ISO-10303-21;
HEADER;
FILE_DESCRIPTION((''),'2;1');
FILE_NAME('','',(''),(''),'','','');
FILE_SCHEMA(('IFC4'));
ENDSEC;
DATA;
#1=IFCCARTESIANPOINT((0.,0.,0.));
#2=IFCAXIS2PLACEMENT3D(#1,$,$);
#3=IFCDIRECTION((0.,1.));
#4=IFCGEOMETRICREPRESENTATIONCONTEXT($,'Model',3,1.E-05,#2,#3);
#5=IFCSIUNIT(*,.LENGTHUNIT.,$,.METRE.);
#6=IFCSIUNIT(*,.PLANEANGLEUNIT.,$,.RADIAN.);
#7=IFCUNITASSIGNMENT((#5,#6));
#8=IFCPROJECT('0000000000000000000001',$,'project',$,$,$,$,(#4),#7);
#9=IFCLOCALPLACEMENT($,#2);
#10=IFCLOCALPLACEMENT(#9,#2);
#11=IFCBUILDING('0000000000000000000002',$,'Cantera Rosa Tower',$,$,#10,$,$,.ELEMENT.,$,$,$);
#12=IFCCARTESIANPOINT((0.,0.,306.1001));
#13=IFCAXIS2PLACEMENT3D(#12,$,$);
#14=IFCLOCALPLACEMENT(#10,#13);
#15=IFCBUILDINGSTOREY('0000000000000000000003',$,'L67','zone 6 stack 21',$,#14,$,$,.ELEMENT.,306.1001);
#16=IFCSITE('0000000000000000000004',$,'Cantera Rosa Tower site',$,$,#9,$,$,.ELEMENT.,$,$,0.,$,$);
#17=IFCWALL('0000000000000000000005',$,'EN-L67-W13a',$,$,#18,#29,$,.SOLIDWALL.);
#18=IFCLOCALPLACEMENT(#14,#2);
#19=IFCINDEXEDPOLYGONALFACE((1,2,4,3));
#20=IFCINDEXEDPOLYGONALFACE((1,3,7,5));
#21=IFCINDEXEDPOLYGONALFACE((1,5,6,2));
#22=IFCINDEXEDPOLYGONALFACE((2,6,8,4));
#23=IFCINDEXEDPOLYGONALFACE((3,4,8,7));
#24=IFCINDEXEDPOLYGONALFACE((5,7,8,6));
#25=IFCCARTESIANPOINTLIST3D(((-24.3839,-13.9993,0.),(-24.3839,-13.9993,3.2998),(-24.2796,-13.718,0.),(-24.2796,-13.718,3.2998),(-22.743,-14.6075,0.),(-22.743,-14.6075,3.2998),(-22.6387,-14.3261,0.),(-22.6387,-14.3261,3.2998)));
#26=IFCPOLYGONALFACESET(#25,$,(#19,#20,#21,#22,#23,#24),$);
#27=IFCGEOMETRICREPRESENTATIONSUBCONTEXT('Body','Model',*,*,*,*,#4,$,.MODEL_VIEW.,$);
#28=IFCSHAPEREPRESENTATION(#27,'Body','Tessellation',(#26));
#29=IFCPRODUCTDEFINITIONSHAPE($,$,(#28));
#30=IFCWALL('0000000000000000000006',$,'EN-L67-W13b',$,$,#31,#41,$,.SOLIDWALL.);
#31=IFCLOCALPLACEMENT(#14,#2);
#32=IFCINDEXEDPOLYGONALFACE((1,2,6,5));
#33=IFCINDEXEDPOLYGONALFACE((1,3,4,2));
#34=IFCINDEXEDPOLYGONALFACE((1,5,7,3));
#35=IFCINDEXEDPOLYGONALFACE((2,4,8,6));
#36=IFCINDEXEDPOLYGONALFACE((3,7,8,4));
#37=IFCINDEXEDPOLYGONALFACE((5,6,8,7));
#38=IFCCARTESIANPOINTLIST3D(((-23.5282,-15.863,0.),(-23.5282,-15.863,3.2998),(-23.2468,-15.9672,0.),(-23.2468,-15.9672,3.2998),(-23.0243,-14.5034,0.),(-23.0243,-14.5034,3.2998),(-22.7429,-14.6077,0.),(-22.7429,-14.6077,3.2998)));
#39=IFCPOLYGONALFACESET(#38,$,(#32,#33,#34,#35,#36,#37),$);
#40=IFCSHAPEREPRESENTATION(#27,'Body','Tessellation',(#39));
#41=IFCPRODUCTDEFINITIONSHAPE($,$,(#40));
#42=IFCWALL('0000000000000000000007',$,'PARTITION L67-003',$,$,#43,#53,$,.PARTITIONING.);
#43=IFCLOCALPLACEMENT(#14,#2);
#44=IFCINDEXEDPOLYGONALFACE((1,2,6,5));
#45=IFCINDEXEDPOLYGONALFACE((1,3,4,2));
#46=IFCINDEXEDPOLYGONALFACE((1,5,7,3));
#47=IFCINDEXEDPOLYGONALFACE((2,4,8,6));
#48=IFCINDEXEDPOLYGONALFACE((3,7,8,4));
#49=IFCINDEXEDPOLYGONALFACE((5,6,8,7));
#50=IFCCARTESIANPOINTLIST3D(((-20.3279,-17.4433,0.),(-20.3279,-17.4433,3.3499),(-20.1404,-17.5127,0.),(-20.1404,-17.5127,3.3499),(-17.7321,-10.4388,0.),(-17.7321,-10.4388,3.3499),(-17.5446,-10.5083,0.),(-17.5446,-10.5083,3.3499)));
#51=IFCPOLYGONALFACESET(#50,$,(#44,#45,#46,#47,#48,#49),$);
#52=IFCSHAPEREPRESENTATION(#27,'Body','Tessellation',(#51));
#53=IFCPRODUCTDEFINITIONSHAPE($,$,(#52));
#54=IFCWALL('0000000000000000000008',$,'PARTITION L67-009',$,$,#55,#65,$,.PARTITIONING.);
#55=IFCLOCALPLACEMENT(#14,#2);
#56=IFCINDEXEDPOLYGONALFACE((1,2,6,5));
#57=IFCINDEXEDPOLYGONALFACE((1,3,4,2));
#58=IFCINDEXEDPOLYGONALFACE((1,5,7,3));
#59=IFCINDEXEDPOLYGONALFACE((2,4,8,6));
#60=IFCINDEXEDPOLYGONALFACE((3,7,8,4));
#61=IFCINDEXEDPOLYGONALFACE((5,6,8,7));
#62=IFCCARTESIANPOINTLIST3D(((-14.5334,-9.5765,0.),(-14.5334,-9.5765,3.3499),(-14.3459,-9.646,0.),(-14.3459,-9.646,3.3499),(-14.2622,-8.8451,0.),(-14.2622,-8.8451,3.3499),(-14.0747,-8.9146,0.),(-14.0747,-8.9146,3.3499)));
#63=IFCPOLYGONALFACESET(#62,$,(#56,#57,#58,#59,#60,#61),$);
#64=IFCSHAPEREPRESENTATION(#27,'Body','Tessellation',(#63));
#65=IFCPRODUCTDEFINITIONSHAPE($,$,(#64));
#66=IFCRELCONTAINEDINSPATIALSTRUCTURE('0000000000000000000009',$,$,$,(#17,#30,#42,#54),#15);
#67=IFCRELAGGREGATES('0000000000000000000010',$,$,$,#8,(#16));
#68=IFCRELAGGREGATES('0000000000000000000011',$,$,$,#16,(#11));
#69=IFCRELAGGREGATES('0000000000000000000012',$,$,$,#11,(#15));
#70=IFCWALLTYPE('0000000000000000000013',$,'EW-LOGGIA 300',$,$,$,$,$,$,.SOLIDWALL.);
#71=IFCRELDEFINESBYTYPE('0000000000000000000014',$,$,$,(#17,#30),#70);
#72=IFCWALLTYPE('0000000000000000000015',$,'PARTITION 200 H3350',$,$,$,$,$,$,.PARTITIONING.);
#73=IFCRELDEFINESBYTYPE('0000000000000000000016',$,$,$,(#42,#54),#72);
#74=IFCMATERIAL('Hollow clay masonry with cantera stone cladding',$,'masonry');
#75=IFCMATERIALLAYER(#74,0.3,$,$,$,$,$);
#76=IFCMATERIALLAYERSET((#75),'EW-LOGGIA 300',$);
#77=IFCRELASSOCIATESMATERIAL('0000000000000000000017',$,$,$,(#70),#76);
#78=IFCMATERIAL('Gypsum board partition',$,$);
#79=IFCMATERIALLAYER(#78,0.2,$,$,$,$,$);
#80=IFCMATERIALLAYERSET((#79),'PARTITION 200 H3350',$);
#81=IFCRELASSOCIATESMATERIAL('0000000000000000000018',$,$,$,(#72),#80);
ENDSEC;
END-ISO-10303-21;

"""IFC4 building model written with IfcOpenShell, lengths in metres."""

from ifc_helpers import new_model, si_unit, direction, frame, frame_2d, origin, place, context, subcontext, project, spatial, rectangle, extrude, material, layer, layer_set, type_object, element, save


model = new_model("IFC4")

# Units and contexts
model_context = context("Model", 3, precision=1e-05, world=origin(), true_north=direction((0.0, 1.0)))
body_context = subcontext(model_context, "Body", "Model", "MODEL_VIEW")
ifc_project = project(units=[si_unit("LENGTHUNIT", "METRE"), si_unit("PLANEANGLEUNIT", "RADIAN")], contexts=[model_context])

# Site, building, storey
site_placement = place(None, origin())
site = spatial("IfcSite", under=ifc_project, at=site_placement, Name="Cantera Rosa Tower site", CompositionType="ELEMENT", RefElevation=0.0)
building_placement = place(site_placement, origin())
building = spatial("IfcBuilding", under=site, at=building_placement, Name="Cantera Rosa Tower", CompositionType="ELEMENT")
storey_placement = place(building_placement, frame((0.0, 0.0, 306.1001)))
storey = spatial("IfcBuildingStorey", under=building, at=storey_placement, Name="L67", Description="zone 6 stack 21", CompositionType="ELEMENT", Elevation=306.1001)

# Walls
ifc_material_1 = material(Name="Hollow clay masonry with cantera stone cladding", Category="masonry")
ifc_layer_1 = layer(ifc_material_1, 0.3)
ifc_layer_set_1 = layer_set([ifc_layer_1], Name="EW-LOGGIA 300")
wall_type_1 = type_object("IfcWallType", Name="EW-LOGGIA 300", PredefinedType="SOLIDWALL", material=ifc_layer_set_1)
wall_1_placement = place(storey_placement, frame((-24.3318, -13.8586, 0.0), z_axis=(0.0, 0.0, 1.0), x_axis=(0.93767, -0.347528, 0.0)))
element("IfcWall", 1, at=wall_1_placement, inside=storey, type_object=wall_type_1, Name="EN-L67-W13a", PredefinedType="SOLIDWALL", context=body_context, shape_type="SweptSolid", body=[
    extrude(rectangle(XDim=1.75, YDim=0.3, at=frame_2d((0.875, 0.0))), origin(), (0.0, 0.0, 1.0), 3.2998),
])
wall_2_placement = place(storey_placement, frame((-22.8835, -14.5554, 0.0), z_axis=(0.0, 0.0, 1.0), x_axis=(-0.347523, -0.937672, 0.0)))
element("IfcWall", 2, at=wall_2_placement, inside=storey, type_object=wall_type_1, Name="EN-L67-W13b", PredefinedType="SOLIDWALL", context=body_context, shape_type="SweptSolid", body=[
    extrude(rectangle(XDim=1.45, YDim=0.3, at=frame_2d((0.7251, 0.0))), origin(), (0.0, 0.0, 1.0), 3.2998),
])

# Walls
ifc_material_2 = material(Name="Gypsum board partition")
ifc_layer_2 = layer(ifc_material_2, 0.2)
ifc_layer_set_2 = layer_set([ifc_layer_2], Name="PARTITION 200 H3350")
wall_type_2 = type_object("IfcWallType", Name="PARTITION 200 H3350", PredefinedType="PARTITIONING", material=ifc_layer_set_2)
wall_3_placement = place(storey_placement, frame((-17.6384, -10.4736, 0.0), z_axis=(0.0, 0.0, 1.0), x_axis=(-0.347489, -0.937684, 0.0)))
element("IfcWall", 3, at=wall_3_placement, inside=storey, type_object=wall_type_2, Name="PARTITION L67-003", PredefinedType="PARTITIONING", context=body_context, shape_type="SweptSolid", body=[
    extrude(rectangle(XDim=7.47, YDim=0.2, at=frame_2d((3.7349, 0.0))), origin(), (0.0, 0.0, 1.0), 3.3499),
])
wall_4_placement = place(storey_placement, frame((-14.4397, -9.6113, 0.0), z_axis=(0.0, 0.0, 1.0), x_axis=(0.347691, 0.937609, 0.0)))
element("IfcWall", 4, at=wall_4_placement, inside=storey, type_object=wall_type_2, Name="PARTITION L67-009", PredefinedType="PARTITIONING", context=body_context, shape_type="SweptSolid", body=[
    extrude(rectangle(XDim=0.78, YDim=0.2, at=frame_2d((0.3901, 0.0))), origin(), (0.0, 0.0, 1.0), 3.3499),
])

save(model, "model.ifc")
